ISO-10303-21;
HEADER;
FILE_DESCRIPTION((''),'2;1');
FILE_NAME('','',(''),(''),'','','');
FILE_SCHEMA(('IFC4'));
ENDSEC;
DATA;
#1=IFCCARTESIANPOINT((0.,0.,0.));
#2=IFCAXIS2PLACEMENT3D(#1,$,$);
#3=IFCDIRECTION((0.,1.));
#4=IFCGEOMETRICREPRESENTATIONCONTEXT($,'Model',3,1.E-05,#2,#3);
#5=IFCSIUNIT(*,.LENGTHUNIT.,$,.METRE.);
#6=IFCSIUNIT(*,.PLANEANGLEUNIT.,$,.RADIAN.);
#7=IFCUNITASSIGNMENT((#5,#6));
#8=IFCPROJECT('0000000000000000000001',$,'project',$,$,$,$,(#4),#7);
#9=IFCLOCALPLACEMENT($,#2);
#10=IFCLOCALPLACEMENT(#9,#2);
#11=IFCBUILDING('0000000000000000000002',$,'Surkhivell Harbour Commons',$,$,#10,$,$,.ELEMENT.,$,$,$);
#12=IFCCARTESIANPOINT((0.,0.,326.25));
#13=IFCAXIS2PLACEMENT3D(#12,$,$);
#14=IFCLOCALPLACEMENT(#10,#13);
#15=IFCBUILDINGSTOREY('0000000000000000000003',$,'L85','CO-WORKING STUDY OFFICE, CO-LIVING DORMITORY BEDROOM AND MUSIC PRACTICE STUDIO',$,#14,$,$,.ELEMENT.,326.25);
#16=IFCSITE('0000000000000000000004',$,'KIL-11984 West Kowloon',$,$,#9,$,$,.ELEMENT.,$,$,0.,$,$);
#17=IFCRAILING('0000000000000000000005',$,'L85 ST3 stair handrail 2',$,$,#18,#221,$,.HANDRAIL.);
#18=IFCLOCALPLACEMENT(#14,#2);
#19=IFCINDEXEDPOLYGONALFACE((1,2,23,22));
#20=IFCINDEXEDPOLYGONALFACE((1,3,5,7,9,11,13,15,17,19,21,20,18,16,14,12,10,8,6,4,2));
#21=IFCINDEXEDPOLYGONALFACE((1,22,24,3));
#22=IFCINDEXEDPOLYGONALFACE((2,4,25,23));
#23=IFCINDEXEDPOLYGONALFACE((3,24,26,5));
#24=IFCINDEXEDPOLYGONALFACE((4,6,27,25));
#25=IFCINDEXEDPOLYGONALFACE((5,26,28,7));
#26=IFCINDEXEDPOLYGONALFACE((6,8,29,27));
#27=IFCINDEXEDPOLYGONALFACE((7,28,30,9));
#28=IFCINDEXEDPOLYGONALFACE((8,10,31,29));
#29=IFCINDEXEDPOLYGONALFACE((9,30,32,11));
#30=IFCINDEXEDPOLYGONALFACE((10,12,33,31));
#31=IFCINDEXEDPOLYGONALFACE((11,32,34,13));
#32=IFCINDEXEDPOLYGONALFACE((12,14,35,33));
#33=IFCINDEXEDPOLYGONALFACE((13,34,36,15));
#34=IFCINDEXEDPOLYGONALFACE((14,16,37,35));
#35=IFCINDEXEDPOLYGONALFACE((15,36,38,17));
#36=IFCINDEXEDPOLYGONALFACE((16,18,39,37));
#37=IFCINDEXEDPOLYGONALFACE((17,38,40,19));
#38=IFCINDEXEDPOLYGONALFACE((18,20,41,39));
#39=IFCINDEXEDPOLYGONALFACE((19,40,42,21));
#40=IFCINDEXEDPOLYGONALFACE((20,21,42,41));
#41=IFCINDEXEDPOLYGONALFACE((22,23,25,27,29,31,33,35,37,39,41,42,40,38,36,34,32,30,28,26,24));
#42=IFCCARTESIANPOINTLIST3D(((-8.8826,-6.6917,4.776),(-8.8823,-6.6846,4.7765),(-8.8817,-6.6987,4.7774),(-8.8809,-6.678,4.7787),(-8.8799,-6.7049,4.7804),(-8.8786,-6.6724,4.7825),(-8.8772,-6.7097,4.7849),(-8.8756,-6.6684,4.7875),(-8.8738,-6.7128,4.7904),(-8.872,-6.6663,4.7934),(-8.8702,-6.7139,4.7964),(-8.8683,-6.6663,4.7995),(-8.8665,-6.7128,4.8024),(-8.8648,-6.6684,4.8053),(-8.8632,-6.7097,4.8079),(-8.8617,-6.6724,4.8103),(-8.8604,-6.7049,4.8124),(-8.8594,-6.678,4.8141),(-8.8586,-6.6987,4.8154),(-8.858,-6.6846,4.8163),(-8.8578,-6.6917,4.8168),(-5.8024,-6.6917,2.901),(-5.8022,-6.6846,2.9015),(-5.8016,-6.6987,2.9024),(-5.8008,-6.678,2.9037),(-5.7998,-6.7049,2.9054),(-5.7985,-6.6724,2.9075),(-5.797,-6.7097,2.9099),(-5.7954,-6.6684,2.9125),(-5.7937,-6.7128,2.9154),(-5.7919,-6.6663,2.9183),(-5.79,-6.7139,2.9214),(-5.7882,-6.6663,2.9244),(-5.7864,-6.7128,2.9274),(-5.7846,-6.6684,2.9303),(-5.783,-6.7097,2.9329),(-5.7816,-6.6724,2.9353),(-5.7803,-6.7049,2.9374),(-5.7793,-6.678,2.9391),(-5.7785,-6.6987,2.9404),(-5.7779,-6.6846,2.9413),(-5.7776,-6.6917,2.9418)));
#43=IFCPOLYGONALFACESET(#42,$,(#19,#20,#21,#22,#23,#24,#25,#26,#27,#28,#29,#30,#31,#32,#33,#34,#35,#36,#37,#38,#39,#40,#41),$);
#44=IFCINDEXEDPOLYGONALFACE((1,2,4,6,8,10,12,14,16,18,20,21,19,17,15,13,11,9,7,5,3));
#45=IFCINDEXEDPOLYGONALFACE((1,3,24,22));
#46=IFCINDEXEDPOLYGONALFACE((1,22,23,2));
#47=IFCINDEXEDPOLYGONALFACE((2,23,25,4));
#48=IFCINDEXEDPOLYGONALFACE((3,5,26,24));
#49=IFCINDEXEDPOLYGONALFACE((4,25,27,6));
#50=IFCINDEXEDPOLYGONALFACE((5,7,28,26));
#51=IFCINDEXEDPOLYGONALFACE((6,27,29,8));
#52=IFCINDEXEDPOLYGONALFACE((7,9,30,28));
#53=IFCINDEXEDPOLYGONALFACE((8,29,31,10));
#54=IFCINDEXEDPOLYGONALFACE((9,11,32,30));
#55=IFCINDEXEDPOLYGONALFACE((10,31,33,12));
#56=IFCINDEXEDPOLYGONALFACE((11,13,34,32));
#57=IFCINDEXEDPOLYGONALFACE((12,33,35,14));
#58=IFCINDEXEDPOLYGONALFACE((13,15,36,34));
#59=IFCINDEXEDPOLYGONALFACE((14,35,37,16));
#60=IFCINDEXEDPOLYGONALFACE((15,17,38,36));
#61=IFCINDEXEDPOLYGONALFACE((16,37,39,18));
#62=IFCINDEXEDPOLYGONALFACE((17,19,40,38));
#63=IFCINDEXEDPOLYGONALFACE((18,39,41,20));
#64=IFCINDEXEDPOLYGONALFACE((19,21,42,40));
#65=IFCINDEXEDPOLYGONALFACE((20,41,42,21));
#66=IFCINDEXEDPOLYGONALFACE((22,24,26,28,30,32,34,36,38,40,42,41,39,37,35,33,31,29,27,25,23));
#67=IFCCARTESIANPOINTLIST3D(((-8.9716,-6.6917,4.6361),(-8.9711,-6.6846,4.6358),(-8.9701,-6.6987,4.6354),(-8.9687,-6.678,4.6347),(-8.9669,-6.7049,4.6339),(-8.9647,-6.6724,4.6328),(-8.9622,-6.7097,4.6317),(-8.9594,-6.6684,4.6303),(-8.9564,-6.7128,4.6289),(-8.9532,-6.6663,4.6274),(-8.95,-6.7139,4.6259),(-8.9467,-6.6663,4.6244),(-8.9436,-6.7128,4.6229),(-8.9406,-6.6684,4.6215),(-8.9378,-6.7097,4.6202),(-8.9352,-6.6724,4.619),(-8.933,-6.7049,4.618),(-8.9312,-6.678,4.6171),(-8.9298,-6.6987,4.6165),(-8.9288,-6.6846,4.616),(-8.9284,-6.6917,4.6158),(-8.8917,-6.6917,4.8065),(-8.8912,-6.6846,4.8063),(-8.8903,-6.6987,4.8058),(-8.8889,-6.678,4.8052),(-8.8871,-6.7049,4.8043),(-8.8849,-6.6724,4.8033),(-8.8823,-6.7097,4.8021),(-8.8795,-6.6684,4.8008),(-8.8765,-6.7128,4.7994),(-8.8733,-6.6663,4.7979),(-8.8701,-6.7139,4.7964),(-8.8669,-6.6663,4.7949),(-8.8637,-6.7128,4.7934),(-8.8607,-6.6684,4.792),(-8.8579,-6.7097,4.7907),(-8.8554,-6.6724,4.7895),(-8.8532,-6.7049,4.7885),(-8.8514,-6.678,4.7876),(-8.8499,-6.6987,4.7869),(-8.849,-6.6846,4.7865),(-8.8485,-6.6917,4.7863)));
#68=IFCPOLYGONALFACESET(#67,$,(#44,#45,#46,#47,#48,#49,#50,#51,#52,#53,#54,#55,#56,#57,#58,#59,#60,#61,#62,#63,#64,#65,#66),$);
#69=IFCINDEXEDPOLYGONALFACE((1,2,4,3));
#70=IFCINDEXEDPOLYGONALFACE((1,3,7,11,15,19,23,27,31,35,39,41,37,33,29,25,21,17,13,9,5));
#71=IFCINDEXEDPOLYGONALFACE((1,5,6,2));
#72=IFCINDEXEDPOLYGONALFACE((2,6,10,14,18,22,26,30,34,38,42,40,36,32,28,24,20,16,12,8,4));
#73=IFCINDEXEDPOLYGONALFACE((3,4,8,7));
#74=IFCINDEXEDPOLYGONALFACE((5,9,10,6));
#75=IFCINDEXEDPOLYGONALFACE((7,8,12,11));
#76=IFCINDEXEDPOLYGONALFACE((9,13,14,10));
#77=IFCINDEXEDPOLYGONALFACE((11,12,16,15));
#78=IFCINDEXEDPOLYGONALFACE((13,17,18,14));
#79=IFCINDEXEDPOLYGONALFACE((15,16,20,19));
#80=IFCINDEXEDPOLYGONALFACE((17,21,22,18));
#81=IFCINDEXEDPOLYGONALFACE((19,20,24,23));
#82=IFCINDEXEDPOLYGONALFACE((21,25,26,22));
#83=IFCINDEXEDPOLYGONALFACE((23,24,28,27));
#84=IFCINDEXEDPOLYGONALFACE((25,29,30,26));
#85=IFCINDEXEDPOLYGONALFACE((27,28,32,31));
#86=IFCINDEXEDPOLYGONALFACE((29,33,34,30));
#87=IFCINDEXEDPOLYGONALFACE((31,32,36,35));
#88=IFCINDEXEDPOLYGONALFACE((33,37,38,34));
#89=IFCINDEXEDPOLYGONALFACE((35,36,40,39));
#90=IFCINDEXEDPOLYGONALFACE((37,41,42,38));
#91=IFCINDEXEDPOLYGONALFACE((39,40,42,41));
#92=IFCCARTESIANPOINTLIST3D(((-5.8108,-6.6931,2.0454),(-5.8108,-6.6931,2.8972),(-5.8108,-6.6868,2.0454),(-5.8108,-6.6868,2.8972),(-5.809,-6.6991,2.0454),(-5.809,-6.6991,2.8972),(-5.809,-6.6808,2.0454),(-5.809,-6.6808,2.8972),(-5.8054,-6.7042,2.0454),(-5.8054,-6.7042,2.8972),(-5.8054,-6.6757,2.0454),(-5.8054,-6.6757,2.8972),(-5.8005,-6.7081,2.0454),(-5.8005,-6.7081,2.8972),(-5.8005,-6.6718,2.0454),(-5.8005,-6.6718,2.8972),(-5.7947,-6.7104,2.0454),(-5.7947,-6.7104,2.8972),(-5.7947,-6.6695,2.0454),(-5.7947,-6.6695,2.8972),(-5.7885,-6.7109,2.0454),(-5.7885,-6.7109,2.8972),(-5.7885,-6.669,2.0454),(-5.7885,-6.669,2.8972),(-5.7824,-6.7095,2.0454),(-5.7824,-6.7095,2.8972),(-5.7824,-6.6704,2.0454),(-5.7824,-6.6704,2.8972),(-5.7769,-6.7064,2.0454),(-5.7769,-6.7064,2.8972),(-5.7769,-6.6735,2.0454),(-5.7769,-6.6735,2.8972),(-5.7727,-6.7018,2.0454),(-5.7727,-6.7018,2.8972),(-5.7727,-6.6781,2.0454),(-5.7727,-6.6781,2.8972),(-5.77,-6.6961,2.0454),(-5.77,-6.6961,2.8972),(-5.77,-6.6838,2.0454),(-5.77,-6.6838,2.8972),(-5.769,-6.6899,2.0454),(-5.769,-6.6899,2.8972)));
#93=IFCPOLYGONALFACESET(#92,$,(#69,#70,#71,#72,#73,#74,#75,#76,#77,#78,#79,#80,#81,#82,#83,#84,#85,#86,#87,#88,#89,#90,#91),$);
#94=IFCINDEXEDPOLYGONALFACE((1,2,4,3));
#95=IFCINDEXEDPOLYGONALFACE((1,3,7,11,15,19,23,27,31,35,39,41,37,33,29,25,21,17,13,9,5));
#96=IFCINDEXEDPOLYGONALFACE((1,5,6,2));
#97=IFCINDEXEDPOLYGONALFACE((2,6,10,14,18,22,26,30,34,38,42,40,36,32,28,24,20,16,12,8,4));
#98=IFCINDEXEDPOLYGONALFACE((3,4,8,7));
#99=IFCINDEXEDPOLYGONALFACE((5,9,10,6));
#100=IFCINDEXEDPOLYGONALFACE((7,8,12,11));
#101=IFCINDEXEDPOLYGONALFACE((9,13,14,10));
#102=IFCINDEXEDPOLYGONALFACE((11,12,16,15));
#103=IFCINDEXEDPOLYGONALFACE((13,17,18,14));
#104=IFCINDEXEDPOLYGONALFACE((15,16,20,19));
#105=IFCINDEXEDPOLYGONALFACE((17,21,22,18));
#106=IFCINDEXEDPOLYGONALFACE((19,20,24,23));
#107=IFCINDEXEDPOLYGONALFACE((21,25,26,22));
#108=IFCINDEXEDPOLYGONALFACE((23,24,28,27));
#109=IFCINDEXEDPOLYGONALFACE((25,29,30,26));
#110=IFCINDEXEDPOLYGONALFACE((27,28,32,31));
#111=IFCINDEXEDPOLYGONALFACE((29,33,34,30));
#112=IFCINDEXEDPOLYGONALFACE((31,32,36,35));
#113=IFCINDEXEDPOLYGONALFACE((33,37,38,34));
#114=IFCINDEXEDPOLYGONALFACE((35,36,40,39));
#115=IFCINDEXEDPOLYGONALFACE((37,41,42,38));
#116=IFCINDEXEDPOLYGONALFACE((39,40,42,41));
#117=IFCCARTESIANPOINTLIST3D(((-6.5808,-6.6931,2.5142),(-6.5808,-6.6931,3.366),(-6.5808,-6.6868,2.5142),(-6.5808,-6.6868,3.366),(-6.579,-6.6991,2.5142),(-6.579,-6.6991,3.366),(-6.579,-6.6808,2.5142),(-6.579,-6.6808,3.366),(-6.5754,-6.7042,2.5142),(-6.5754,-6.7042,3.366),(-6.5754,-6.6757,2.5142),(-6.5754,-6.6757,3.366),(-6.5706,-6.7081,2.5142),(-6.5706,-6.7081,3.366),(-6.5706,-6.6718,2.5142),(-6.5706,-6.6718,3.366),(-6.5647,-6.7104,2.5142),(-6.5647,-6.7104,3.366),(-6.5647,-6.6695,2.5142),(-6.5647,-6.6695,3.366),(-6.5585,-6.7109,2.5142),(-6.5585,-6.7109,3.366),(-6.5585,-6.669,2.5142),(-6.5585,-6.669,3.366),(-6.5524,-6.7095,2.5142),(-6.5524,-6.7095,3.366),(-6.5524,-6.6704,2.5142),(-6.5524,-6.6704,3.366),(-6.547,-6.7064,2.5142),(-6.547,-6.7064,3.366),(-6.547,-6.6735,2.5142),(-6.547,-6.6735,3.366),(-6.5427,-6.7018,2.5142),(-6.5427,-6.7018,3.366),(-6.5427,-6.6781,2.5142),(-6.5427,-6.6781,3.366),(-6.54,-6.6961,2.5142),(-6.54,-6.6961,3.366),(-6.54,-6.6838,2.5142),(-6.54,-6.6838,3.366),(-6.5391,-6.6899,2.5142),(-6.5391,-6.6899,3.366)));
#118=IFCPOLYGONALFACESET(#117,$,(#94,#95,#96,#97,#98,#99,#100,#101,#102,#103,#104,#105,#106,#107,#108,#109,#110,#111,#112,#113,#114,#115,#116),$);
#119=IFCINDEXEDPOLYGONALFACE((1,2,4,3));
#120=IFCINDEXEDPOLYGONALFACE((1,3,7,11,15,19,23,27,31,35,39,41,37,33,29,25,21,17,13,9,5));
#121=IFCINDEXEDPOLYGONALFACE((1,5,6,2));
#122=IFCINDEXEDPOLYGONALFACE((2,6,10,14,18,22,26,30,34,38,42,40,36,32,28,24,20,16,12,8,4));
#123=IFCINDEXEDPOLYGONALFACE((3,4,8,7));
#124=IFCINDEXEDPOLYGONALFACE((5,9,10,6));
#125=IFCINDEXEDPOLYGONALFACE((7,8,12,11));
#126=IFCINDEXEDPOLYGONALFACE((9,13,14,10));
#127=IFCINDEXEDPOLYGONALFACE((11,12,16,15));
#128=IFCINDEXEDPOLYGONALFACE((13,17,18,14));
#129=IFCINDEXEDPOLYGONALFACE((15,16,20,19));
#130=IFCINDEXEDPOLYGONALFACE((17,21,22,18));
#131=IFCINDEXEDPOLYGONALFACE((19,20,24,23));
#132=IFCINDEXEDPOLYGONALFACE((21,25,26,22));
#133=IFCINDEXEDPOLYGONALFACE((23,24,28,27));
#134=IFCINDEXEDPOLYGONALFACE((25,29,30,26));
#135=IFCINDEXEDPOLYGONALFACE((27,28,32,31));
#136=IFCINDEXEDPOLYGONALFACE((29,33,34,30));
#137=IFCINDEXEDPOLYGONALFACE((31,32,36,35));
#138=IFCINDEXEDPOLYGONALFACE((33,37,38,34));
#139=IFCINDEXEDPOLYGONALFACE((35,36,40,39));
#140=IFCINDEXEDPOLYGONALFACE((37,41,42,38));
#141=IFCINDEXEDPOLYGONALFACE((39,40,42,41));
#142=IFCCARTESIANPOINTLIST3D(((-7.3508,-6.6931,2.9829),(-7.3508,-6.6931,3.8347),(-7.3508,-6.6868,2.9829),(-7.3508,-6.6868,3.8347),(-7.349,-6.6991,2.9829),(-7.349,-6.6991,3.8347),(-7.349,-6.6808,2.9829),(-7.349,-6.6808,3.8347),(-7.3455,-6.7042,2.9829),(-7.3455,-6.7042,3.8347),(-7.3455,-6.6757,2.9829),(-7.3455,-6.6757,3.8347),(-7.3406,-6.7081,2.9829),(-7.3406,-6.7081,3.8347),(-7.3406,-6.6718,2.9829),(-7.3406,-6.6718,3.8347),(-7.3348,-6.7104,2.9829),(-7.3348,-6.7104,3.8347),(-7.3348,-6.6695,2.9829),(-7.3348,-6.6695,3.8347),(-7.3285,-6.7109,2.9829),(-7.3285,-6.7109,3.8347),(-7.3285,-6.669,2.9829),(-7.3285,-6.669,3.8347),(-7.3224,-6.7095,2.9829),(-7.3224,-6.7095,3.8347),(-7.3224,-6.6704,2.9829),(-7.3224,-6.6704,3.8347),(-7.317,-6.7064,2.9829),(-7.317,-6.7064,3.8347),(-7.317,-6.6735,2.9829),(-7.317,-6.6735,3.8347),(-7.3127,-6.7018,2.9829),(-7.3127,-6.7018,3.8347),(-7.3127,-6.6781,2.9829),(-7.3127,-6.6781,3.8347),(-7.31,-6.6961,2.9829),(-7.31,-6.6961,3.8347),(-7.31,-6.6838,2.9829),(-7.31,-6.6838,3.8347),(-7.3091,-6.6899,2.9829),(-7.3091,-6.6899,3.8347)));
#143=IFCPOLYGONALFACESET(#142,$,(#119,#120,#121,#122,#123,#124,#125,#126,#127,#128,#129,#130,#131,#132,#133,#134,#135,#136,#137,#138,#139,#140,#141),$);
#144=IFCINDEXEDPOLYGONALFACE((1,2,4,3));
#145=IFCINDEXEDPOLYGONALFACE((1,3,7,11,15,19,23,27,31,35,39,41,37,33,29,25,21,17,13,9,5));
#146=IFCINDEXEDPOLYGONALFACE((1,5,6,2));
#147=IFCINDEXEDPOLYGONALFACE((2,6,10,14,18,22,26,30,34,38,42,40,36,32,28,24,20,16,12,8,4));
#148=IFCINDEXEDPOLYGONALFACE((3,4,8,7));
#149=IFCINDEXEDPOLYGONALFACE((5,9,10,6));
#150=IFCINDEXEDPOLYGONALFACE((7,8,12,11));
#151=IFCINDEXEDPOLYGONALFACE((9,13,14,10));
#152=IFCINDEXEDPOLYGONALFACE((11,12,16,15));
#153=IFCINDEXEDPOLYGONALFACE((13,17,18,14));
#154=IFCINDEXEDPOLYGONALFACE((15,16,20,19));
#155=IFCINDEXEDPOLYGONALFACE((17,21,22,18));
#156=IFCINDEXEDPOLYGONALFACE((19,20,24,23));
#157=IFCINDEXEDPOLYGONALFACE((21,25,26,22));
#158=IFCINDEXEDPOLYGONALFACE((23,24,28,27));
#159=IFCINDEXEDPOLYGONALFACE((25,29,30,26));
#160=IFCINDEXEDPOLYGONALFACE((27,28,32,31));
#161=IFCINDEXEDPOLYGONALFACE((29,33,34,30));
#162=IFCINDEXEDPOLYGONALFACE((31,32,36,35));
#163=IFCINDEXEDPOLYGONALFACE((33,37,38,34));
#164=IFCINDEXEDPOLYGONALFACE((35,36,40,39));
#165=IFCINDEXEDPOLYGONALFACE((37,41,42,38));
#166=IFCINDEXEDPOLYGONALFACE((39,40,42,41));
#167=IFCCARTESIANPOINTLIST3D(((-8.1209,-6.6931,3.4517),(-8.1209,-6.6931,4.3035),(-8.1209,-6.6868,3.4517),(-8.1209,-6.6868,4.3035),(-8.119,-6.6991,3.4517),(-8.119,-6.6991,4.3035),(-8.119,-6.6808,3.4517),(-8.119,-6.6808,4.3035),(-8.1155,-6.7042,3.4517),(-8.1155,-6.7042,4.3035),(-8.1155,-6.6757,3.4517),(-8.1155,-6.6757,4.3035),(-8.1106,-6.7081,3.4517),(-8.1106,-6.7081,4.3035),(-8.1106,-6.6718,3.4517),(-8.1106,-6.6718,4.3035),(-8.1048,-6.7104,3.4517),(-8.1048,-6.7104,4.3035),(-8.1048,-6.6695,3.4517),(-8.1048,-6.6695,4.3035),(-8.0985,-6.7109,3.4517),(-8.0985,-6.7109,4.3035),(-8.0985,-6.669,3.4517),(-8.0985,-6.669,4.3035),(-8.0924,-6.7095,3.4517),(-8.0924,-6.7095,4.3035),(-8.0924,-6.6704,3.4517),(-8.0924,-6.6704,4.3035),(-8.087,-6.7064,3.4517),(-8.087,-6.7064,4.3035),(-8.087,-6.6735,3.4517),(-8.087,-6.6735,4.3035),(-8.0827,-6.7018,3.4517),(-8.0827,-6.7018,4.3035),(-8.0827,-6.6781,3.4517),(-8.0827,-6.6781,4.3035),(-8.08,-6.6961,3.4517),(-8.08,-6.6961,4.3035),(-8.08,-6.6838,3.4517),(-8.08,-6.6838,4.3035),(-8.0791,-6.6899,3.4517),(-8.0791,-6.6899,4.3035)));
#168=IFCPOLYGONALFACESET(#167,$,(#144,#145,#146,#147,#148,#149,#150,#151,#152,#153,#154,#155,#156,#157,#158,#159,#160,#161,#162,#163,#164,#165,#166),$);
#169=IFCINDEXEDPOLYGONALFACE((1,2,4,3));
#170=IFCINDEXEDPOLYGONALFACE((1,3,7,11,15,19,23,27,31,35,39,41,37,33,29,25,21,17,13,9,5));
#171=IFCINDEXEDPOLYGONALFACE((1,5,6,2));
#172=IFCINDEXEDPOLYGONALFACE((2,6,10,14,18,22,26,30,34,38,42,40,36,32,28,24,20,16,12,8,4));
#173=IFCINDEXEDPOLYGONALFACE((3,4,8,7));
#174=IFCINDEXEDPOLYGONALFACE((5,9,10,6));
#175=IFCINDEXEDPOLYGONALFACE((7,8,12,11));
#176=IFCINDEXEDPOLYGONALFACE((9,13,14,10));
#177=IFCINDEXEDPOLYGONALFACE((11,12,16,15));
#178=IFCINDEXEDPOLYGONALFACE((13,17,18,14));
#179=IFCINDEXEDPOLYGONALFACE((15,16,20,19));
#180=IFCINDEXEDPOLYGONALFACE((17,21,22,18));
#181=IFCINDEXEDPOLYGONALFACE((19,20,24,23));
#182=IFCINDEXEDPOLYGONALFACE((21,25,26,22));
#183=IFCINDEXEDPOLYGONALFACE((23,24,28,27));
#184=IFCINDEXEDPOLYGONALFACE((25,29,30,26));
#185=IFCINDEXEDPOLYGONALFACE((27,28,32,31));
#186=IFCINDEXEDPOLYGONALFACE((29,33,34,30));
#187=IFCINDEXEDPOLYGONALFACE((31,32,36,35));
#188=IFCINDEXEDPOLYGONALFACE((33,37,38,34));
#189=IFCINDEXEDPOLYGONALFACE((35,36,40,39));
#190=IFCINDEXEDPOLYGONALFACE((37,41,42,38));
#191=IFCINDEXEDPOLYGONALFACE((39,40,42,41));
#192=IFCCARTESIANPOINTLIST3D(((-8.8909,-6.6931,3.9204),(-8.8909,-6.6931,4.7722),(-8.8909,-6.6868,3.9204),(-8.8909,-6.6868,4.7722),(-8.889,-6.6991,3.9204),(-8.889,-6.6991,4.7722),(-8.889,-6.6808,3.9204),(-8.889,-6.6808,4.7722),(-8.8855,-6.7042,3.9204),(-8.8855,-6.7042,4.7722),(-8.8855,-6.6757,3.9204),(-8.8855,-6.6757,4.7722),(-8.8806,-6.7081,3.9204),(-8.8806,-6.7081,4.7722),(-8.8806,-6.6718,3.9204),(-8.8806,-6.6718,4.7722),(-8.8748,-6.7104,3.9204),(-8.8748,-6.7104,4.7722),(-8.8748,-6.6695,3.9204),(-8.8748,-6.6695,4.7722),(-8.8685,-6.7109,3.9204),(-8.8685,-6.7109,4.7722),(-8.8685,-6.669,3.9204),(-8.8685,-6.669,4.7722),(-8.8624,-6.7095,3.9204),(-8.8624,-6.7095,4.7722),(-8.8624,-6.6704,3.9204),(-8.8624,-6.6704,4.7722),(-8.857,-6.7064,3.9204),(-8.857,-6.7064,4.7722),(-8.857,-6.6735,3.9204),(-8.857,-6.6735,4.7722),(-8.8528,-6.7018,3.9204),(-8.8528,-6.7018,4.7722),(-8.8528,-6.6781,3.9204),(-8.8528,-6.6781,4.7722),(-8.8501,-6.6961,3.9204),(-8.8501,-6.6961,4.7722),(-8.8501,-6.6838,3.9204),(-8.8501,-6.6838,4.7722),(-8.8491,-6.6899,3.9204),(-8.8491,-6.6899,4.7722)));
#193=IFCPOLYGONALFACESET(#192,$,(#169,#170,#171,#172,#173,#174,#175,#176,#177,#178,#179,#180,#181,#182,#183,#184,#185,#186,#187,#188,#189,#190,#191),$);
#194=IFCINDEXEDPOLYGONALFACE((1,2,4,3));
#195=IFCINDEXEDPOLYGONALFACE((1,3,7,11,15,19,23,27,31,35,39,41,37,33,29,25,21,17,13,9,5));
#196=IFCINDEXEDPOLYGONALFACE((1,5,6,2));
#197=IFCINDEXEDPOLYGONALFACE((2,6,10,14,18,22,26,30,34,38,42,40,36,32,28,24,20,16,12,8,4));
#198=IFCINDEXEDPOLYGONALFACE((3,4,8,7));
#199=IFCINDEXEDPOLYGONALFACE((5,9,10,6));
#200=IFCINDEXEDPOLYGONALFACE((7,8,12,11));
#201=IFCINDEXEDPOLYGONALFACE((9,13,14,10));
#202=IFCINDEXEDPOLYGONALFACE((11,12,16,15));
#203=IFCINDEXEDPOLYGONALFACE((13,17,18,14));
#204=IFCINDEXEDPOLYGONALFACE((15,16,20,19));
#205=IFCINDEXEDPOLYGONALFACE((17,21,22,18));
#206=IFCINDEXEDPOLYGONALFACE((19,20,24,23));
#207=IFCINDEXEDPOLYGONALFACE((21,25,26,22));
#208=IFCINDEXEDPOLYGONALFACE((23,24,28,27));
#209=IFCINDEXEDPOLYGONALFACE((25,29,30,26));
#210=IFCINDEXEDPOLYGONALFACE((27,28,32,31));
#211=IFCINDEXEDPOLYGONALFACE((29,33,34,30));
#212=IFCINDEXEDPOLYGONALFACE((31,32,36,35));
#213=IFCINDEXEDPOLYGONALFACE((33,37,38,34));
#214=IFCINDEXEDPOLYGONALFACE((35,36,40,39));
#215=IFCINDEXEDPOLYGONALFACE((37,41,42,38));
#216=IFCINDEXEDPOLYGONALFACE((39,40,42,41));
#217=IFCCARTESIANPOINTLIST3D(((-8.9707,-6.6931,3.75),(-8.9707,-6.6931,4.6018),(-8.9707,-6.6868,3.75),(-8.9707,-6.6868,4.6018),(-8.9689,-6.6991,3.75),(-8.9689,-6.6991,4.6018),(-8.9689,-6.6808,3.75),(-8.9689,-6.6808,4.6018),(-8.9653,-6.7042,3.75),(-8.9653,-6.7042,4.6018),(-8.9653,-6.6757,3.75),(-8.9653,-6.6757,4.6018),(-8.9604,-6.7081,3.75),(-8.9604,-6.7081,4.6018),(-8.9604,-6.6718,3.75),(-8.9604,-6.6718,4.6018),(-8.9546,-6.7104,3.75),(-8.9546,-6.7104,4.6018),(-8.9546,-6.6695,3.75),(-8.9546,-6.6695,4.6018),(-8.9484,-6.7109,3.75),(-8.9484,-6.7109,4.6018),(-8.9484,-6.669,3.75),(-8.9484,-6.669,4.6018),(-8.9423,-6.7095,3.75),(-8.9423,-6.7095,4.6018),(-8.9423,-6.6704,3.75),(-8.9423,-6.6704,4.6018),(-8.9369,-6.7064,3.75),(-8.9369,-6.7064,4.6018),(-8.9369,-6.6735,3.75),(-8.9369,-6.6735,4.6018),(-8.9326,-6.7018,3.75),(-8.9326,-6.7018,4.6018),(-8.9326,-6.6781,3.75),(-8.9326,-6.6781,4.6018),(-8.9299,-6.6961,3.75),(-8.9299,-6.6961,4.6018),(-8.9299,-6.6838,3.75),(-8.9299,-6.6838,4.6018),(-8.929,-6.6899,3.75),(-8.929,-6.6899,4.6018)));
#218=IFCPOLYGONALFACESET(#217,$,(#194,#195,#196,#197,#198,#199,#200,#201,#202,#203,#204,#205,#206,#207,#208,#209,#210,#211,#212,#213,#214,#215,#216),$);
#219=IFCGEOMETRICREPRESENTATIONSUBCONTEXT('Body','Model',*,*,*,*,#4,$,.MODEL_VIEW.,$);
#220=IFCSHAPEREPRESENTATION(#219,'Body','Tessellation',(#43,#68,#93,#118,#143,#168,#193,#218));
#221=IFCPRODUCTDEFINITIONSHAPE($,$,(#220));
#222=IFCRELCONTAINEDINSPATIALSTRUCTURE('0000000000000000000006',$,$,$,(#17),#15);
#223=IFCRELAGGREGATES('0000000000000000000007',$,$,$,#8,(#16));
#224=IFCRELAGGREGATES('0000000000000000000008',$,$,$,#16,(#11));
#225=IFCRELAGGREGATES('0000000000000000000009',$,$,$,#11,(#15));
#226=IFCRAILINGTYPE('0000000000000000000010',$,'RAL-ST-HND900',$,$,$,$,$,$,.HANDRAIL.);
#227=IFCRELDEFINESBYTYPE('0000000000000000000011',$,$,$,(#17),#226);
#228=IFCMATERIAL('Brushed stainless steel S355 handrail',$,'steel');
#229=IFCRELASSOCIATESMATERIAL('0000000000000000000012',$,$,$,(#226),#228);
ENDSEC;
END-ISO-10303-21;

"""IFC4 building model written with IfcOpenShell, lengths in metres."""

from ifc_helpers import new_model, si_unit, direction, frame, origin, origin_2d, place, context, subcontext, project, spatial, circle, extrude, material, type_object, element, save


model = new_model("IFC4")

# Units and contexts
model_context = context("Model", 3, precision=1e-05, world=origin(), true_north=direction((0.0, 1.0)))
body_context = subcontext(model_context, "Body", "Model", "MODEL_VIEW")
ifc_project = project(units=[si_unit("LENGTHUNIT", "METRE"), si_unit("PLANEANGLEUNIT", "RADIAN")], contexts=[model_context])

# Site, building, storey
site_placement = place(None, origin())
site = spatial("IfcSite", under=ifc_project, at=site_placement, Name="KIL-11984 West Kowloon", CompositionType="ELEMENT", RefElevation=0.0)
building_placement = place(site_placement, origin())
building = spatial("IfcBuilding", under=site, at=building_placement, Name="Surkhivell Harbour Commons", CompositionType="ELEMENT")
storey_placement = place(building_placement, frame((0.0, 0.0, 326.25)))
storey = spatial("IfcBuildingStorey", under=building, at=storey_placement, Name="L85", Description="CO-WORKING STUDY OFFICE, CO-LIVING DORMITORY BEDROOM AND MUSIC PRACTICE STUDIO", CompositionType="ELEMENT", Elevation=326.25)

# Railing
ifc_material_1 = material(Name="Brushed stainless steel S355 handrail", Category="steel")
railing_type_1 = type_object("IfcRailingType", Name="RAL-ST-HND900", PredefinedType="HANDRAIL", material=ifc_material_1)
railing_1_placement = place(storey_placement, frame((-5.79, -6.6899, 2.0454)))
element("IfcRailing", 1, at=railing_1_placement, inside=storey, type_object=railing_type_1, Name="L85 ST3 stair handrail 2", PredefinedType="HANDRAIL", context=body_context, shape_type="SweptSolid", body=[
    extrude(circle(Radius=0.0239, at=origin_2d()), frame((0.0, 0.0, 0.876), z_axis=(-0.854178, 0.0, 0.519981), x_axis=(0.0, -1.0, 0.0)), (0.0, 0.0, 1.0), 3.606),
    extrude(circle(Radius=0.0239, at=origin_2d()), frame((-3.0801, 0.0, 2.751), z_axis=(-0.424234, 0.0, -0.905552), x_axis=(0.0, -1.0, 0.0)), (0.0, 0.0, 1.0), 0.1882),
    extrude(circle(Radius=0.021, at=origin_2d()), origin(), (0.0, 0.0, 1.0), 0.8518),
    extrude(circle(Radius=0.021, at=origin_2d()), frame((-0.77, 0.0, 0.4688)), (0.0, 0.0, 1.0), 0.8518),
    extrude(circle(Radius=0.021, at=origin_2d()), frame((-1.54, 0.0, 0.9375)), (0.0, 0.0, 1.0), 0.8518),
    extrude(circle(Radius=0.021, at=origin_2d()), frame((-2.3101, 0.0, 1.4062)), (0.0, 0.0, 1.0), 0.8518),
    extrude(circle(Radius=0.021, at=origin_2d()), frame((-3.0801, 0.0, 1.875)), (0.0, 0.0, 1.0), 0.8518),
    extrude(circle(Radius=0.021, at=origin_2d()), frame((-3.1599, 0.0, 1.7046)), (0.0, 0.0, 1.0), 0.8518),
])

save(model, "model.ifc")
